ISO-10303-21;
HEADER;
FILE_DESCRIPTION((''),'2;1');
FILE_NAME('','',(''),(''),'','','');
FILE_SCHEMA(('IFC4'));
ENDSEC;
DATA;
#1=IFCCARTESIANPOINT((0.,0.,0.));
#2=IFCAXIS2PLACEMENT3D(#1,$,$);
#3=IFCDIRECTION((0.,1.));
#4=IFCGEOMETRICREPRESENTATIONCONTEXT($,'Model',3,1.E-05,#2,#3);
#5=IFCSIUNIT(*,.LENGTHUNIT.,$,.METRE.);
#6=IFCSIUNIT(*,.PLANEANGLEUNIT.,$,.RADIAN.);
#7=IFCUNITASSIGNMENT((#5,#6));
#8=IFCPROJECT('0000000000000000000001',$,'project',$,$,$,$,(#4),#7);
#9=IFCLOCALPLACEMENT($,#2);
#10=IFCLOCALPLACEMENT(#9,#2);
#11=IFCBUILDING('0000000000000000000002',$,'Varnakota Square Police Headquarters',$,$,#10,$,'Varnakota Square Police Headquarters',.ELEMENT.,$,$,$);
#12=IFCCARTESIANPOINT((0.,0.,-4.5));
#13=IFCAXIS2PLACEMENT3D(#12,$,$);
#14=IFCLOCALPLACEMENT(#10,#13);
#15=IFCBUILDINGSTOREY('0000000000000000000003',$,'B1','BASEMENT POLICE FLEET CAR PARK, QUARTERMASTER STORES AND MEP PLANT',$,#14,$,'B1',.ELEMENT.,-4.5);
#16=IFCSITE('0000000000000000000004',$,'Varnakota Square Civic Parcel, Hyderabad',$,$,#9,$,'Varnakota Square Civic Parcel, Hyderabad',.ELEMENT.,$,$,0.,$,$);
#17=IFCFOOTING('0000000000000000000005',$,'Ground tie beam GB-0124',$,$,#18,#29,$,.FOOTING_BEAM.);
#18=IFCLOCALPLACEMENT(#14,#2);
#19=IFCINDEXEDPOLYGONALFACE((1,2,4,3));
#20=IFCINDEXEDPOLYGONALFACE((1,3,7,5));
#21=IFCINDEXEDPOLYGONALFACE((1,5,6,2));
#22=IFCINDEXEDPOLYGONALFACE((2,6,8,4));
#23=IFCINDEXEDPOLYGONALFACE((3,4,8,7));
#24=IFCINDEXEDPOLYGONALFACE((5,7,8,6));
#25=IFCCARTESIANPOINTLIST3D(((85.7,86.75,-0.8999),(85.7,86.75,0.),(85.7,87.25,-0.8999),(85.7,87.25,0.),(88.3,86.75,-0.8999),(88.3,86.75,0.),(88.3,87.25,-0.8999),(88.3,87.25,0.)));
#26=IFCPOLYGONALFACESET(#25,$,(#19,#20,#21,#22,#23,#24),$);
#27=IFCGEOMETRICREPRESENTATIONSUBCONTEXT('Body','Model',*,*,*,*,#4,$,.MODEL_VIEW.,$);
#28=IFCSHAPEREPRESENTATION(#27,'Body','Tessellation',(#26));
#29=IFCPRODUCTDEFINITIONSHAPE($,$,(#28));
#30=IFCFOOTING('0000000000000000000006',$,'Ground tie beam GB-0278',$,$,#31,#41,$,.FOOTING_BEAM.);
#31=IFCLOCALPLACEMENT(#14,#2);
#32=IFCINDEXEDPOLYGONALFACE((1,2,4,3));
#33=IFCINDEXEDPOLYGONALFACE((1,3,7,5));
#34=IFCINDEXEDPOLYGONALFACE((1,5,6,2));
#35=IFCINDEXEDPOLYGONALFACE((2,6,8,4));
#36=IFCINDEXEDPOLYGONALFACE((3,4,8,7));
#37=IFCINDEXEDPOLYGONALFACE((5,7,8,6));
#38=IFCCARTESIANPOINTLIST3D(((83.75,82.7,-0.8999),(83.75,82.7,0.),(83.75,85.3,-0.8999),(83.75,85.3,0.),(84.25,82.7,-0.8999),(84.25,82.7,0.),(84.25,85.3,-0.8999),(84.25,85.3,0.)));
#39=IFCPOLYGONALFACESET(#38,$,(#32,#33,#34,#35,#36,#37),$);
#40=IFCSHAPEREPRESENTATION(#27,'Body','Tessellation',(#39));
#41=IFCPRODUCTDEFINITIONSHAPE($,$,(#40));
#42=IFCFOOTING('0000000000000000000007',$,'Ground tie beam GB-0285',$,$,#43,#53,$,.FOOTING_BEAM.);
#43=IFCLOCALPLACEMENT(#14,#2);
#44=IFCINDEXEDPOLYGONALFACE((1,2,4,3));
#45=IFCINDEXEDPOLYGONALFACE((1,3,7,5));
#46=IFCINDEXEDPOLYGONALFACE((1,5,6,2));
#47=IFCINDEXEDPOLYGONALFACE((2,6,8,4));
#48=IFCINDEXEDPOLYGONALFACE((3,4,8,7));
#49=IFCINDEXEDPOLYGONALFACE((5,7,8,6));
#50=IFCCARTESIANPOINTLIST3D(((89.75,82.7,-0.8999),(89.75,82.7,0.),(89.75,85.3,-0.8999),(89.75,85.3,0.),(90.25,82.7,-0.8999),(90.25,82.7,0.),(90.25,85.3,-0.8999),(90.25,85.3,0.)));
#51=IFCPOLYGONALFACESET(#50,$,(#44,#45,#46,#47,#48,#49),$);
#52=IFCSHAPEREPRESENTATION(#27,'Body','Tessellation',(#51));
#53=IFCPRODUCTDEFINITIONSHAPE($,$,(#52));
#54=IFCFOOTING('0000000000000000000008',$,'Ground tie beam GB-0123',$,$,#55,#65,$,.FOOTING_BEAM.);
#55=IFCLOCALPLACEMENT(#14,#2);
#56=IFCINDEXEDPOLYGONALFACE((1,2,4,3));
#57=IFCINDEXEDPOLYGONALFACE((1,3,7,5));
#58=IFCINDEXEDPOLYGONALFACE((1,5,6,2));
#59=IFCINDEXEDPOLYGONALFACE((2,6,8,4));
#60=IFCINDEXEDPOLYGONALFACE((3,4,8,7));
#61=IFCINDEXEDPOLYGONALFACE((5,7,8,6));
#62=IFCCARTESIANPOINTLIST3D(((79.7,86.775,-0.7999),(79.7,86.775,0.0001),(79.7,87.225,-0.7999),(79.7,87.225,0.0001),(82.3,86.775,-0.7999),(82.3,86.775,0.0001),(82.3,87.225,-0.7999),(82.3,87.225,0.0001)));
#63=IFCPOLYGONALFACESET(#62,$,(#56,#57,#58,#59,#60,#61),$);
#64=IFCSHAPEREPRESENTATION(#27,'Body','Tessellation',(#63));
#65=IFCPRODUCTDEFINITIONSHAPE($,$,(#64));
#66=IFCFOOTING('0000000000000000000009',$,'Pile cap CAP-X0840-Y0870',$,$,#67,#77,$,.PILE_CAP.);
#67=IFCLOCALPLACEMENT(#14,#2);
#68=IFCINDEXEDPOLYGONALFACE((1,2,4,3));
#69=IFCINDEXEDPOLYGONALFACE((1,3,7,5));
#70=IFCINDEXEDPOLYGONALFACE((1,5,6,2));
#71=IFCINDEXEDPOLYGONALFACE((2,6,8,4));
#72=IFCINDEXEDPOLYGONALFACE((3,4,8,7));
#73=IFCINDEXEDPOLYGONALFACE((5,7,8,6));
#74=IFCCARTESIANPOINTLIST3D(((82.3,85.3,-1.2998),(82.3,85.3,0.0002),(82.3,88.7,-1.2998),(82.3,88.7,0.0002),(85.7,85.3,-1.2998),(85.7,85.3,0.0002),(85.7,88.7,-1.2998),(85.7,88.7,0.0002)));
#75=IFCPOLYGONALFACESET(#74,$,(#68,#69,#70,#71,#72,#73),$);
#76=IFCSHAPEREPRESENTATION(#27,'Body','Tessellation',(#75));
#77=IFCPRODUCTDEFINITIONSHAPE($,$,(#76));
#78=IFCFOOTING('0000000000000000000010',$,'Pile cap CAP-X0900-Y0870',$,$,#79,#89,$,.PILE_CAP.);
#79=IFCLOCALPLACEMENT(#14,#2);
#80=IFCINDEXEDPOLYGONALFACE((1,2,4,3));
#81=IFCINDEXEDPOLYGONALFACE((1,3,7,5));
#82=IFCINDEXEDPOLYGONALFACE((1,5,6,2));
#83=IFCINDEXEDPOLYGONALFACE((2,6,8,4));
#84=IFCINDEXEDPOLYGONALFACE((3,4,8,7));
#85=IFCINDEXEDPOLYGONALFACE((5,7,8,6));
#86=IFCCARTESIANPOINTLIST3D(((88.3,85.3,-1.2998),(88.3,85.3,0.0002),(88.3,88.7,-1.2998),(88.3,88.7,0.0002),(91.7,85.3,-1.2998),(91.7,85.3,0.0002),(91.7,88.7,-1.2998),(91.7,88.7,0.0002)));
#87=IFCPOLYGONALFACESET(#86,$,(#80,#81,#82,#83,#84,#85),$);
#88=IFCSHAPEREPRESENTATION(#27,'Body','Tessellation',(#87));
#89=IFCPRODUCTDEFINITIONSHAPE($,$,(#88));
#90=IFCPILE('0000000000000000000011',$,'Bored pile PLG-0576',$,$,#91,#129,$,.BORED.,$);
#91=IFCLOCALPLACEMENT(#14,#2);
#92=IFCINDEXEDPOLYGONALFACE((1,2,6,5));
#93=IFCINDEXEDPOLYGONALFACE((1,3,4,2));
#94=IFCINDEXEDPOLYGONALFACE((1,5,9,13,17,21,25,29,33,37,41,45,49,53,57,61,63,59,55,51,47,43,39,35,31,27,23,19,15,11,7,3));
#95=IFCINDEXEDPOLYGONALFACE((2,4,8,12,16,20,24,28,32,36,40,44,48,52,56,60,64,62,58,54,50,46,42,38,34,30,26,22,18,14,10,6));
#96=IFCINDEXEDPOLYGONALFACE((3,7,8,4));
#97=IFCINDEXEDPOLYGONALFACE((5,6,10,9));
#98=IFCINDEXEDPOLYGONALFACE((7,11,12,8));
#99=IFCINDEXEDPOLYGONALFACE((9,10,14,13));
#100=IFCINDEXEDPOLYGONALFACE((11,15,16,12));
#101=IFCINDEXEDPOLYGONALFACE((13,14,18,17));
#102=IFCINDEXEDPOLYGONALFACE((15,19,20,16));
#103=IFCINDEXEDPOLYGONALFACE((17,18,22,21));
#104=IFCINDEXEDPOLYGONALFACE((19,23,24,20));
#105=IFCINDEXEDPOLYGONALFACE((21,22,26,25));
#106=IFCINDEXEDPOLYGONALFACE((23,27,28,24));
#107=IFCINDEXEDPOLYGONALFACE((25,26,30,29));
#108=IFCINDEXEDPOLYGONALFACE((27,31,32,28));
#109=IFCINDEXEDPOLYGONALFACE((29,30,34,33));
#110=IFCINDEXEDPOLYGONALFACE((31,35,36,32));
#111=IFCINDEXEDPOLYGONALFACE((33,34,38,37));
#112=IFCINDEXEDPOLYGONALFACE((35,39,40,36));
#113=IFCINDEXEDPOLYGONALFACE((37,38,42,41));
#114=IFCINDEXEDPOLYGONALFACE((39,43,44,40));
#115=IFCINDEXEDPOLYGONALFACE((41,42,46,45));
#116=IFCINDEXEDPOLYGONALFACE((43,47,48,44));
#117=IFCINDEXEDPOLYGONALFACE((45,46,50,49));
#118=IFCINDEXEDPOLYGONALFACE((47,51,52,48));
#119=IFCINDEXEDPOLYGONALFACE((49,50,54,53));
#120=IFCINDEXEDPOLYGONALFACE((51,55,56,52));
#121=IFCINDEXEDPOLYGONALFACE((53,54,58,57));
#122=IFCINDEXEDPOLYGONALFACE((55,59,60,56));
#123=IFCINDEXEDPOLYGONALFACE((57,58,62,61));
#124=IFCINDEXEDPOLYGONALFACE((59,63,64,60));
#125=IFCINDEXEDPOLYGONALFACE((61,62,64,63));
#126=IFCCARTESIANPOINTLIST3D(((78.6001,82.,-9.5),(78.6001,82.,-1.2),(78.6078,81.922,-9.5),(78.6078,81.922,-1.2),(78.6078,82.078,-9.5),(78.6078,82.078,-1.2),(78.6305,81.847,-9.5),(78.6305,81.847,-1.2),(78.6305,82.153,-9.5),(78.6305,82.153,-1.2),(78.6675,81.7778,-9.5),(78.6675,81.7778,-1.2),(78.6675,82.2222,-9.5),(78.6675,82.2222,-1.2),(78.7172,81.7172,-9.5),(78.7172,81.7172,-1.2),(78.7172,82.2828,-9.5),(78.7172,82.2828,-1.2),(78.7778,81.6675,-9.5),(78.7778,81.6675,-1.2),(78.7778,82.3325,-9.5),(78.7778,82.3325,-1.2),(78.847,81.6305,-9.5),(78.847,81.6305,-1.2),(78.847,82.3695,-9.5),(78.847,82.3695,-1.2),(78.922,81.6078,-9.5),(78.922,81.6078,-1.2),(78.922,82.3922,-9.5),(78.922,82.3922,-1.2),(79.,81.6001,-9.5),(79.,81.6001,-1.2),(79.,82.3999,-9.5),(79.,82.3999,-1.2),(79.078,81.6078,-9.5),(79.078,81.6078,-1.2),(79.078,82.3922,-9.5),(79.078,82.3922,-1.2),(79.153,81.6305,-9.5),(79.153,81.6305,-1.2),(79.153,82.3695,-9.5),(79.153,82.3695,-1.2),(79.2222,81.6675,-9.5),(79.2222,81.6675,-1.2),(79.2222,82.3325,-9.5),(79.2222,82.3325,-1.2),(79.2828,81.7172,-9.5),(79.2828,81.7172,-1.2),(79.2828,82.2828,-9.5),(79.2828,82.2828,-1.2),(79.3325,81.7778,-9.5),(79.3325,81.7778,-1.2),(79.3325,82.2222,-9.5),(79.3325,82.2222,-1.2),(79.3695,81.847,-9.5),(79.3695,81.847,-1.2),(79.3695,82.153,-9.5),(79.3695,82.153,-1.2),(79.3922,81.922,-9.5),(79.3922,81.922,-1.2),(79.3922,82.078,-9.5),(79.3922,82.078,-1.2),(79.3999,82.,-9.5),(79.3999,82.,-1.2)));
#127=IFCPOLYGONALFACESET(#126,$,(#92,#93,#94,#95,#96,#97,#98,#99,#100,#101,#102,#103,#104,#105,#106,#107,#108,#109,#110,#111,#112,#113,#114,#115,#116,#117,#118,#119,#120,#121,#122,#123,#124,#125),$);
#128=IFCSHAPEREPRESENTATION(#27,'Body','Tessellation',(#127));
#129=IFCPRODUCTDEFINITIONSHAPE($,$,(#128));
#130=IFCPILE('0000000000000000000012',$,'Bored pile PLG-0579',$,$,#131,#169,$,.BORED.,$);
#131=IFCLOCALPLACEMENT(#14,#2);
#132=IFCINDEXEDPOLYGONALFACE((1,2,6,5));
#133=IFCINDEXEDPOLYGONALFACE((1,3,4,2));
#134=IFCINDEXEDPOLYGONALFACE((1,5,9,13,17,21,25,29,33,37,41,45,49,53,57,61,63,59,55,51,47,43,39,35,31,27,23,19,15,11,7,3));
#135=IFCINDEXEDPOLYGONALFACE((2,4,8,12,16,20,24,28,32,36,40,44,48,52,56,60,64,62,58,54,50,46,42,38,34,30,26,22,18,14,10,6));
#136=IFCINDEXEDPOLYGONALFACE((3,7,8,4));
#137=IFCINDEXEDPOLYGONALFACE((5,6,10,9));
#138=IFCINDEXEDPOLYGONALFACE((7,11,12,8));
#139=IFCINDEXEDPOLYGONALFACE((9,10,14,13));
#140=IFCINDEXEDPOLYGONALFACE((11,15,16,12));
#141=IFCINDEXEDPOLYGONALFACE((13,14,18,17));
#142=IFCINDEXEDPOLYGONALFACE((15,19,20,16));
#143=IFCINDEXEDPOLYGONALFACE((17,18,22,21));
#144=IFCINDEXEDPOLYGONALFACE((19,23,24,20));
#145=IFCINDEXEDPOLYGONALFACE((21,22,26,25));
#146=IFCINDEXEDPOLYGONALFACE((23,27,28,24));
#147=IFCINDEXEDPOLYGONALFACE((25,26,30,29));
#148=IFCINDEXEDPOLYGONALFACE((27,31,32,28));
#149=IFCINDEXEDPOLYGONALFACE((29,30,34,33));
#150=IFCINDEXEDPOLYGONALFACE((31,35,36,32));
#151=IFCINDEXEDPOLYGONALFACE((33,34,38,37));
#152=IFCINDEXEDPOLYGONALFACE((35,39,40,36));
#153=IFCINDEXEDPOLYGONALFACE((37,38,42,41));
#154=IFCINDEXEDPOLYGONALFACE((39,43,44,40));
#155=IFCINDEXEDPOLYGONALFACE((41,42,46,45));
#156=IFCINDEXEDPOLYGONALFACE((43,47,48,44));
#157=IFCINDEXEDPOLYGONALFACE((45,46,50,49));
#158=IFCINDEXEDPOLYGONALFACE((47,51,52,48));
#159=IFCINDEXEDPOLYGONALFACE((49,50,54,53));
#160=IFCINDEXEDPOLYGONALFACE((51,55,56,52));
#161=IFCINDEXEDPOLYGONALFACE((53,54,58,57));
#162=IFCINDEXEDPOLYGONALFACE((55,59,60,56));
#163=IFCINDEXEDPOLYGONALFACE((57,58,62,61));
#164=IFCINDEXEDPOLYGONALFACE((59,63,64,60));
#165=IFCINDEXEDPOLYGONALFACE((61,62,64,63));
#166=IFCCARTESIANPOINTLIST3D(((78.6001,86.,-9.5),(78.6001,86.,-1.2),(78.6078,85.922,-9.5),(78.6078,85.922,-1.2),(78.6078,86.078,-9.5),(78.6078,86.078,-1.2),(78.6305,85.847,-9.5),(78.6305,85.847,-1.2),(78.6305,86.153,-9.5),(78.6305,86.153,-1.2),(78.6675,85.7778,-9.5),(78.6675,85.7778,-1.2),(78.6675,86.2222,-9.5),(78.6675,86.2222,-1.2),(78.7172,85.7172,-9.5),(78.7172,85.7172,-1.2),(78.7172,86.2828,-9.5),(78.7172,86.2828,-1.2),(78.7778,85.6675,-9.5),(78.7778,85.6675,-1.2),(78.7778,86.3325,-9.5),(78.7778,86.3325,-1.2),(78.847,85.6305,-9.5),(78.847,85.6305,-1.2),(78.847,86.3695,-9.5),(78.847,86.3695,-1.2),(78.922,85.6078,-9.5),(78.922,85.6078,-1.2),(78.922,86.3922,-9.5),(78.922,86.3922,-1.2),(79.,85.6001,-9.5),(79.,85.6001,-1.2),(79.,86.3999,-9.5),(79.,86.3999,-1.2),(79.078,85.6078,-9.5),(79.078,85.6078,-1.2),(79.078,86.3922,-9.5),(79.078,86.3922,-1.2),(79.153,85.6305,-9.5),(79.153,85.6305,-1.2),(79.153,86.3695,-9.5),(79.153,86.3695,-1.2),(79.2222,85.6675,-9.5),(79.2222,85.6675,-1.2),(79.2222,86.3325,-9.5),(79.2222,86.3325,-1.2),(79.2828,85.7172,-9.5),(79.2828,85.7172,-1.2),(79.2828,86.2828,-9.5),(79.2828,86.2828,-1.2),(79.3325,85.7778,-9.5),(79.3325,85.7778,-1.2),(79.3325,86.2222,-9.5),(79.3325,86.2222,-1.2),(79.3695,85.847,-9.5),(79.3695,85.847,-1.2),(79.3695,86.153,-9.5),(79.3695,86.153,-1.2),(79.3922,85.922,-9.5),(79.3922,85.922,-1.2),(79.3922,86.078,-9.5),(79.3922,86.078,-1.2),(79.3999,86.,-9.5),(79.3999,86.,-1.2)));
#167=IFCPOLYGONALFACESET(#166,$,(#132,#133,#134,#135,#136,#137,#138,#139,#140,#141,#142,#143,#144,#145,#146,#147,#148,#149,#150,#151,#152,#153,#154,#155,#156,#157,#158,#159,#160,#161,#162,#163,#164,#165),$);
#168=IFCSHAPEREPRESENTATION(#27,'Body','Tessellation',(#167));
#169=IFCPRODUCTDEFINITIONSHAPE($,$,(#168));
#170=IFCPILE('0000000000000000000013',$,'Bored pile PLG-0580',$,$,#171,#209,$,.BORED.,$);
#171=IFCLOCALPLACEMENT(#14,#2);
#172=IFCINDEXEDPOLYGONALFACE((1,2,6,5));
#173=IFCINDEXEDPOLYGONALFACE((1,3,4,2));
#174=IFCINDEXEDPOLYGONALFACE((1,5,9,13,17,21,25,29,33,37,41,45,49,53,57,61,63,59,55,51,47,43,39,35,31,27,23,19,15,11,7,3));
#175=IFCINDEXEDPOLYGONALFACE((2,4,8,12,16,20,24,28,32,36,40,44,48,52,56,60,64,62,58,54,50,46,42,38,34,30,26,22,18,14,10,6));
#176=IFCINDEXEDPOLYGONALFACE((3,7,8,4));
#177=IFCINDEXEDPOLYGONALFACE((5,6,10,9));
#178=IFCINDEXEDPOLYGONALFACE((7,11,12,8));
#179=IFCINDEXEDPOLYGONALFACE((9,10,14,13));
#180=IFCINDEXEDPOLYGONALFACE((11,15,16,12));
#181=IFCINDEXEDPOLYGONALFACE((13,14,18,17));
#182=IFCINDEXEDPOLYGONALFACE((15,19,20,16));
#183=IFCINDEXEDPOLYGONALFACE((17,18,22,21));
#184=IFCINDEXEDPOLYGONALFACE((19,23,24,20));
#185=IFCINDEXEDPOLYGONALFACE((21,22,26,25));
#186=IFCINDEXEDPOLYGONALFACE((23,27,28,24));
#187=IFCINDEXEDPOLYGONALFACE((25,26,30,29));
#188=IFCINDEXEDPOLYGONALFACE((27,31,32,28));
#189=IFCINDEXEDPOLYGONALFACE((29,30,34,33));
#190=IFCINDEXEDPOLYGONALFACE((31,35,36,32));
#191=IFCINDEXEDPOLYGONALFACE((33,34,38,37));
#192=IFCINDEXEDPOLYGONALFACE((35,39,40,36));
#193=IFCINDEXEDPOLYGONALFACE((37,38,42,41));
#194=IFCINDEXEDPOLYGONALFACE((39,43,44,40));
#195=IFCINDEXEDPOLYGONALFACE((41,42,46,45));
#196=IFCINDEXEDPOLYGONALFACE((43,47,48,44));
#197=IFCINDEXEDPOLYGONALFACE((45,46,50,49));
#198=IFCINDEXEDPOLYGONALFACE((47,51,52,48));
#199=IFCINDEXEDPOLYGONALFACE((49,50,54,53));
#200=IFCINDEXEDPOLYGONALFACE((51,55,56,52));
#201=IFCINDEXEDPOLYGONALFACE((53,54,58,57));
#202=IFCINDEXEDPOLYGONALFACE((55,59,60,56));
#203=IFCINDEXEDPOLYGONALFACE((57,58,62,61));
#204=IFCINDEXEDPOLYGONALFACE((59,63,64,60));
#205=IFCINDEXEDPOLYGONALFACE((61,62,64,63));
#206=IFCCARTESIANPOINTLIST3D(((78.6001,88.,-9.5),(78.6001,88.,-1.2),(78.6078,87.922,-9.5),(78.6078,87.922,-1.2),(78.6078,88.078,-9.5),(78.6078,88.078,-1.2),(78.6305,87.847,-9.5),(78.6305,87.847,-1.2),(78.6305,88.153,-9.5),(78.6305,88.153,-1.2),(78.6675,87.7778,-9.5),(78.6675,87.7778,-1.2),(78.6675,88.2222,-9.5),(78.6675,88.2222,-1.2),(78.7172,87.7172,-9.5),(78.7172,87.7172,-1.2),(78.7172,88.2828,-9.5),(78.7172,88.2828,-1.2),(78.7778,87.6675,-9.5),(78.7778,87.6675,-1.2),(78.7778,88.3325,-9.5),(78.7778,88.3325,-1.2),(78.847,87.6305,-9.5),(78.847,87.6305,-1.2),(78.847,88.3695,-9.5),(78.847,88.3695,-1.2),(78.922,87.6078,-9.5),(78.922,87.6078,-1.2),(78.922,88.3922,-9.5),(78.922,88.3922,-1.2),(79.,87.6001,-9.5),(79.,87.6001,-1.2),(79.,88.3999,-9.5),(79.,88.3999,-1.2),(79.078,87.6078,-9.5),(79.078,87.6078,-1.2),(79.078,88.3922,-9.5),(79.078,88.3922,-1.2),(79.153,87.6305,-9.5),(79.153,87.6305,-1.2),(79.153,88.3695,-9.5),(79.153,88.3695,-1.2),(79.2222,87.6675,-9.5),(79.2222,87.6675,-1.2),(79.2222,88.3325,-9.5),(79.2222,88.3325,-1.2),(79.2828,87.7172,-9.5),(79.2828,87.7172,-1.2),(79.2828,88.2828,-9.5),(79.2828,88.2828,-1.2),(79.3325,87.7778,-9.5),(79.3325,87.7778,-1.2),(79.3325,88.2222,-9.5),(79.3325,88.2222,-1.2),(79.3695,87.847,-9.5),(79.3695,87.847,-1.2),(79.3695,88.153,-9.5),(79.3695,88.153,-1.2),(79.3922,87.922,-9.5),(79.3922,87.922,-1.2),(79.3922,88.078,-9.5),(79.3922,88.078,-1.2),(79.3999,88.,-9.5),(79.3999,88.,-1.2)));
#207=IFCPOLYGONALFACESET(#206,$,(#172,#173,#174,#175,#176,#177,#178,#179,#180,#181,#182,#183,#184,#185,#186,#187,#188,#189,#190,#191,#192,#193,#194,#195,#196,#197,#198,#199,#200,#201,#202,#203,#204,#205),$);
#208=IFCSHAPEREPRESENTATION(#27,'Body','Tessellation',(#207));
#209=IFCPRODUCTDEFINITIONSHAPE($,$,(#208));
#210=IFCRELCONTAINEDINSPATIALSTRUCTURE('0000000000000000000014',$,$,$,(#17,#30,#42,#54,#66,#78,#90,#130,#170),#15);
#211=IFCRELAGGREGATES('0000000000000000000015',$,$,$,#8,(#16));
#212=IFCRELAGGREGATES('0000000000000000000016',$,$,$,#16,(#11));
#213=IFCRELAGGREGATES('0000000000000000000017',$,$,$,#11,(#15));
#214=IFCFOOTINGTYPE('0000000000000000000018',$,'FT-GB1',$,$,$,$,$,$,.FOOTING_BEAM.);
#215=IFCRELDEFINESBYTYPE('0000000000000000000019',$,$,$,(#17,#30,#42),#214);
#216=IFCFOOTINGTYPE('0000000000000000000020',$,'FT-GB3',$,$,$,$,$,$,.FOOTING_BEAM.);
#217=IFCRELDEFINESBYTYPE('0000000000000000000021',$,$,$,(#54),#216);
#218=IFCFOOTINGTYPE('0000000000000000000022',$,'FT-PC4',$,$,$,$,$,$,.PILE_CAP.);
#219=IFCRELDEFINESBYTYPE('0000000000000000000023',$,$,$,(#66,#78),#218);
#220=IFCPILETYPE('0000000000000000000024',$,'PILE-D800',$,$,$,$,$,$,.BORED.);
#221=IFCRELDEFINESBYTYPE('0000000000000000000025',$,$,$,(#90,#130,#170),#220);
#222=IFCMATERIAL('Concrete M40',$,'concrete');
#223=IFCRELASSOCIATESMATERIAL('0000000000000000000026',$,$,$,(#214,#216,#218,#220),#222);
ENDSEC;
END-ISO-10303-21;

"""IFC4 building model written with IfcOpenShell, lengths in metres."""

from ifc_helpers import new_model, si_unit, direction, frame, origin, origin_2d, place, context, subcontext, project, spatial, rectangle, circle, extrude, material, material_profile, profile_set, type_object, element, save


model = new_model("IFC4")

# Units and contexts
model_context = context("Model", 3, precision=1e-05, world=origin(), true_north=direction((0.0, 1.0)))
body_context = subcontext(model_context, "Body", "Model", "MODEL_VIEW")
ifc_project = project(units=[si_unit("LENGTHUNIT", "METRE"), si_unit("PLANEANGLEUNIT", "RADIAN")], contexts=[model_context])

# Site, building, storey
site_placement = place(None, origin())
site = spatial("IfcSite", under=ifc_project, at=site_placement, Name="Varnakota Square Civic Parcel, Hyderabad", LongName="Varnakota Square Civic Parcel, Hyderabad", CompositionType="ELEMENT", RefElevation=0.0)
building_placement = place(site_placement, origin())
building = spatial("IfcBuilding", under=site, at=building_placement, Name="Varnakota Square Police Headquarters", LongName="Varnakota Square Police Headquarters", CompositionType="ELEMENT")
storey_placement = place(building_placement, frame((0.0, 0.0, -4.5)))
storey = spatial("IfcBuildingStorey", under=building, at=storey_placement, Name="B1", Description="BASEMENT POLICE FLEET CAR PARK, QUARTERMASTER STORES AND MEP PLANT", LongName="B1", CompositionType="ELEMENT", Elevation=-4.5)

# Footings
ifc_material_1 = material(Name="Concrete M40", Category="concrete")
ifc_material_profile_1 = material_profile(ifc_material_1, rectangle(XDim=0.5, YDim=0.8999, at=origin_2d()), Name="GB 500x900")
ifc_profile_set_1 = profile_set([ifc_material_profile_1], Name="Concrete M40")
footing_type_1 = type_object("IfcFootingType", Name="FT-GB1", PredefinedType="FOOTING_BEAM", material=ifc_profile_set_1)
for number, where, z_axis, x_axis, name in (
    (1, (85.7, 87.0, -0.45), (1.0, 0.0, 0.0), (0.0, 1.0, 0.0), "Ground tie beam GB-0124"),
    (2, (84.0, 82.7, -0.45), (0.0, 1.0, 0.0), (-1.0, 0.0, 0.0), "Ground tie beam GB-0278"),
    (3, (90.0, 82.7, -0.45), (0.0, 1.0, 0.0), (-1.0, 0.0, 0.0), "Ground tie beam GB-0285"),
):
    element("IfcFooting", number, at=place(storey_placement, frame(where, z_axis=z_axis, x_axis=x_axis)), inside=storey, type_object=footing_type_1, Name=name, PredefinedType="FOOTING_BEAM", context=body_context, shape_type="SweptSolid", body=[
        extrude(rectangle(XDim=0.5, YDim=0.8999, at=origin_2d()), origin(), (0.0, 0.0, 1.0), 2.6001),
    ])
ifc_material_profile_2 = material_profile(ifc_material_1, rectangle(XDim=0.45, YDim=0.8, at=origin_2d()), Name="GB 450x800")
ifc_profile_set_2 = profile_set([ifc_material_profile_2], Name="Concrete M40")
footing_type_2 = type_object("IfcFootingType", Name="FT-GB3", PredefinedType="FOOTING_BEAM", material=ifc_profile_set_2)
footing_placement = place(storey_placement, frame((79.7, 87.0, -0.3999), z_axis=(1.0, 0.0, 0.0), x_axis=(0.0, 1.0, 0.0)))
element("IfcFooting", 4, at=footing_placement, inside=storey, type_object=footing_type_2, Name="Ground tie beam GB-0123", PredefinedType="FOOTING_BEAM", context=body_context, shape_type="SweptSolid", body=[
    extrude(rectangle(XDim=0.45, YDim=0.8, at=origin_2d()), origin(), (0.0, 0.0, 1.0), 2.6001),
])
footing_type_3 = type_object("IfcFootingType", Name="FT-PC4", PredefinedType="PILE_CAP", material=ifc_material_1)
for number, where, z_axis, x_axis, name in (
    (5, (84.0, 87.0, -1.2998), (0.0, 0.0, 1.0), (1.0, 0.0, 0.0), "Pile cap CAP-X0840-Y0870"),
    (6, (90.0, 87.0, -1.2998), (0.0, 0.0, 1.0), (1.0, 0.0, 0.0), "Pile cap CAP-X0900-Y0870"),
):
    element("IfcFooting", number, at=place(storey_placement, frame(where, z_axis=z_axis, x_axis=x_axis)), inside=storey, type_object=footing_type_3, Name=name, PredefinedType="PILE_CAP", context=body_context, shape_type="SweptSolid", body=[
        extrude(rectangle(XDim=3.3999, YDim=3.3999, at=origin_2d()), origin(), (0.0, 0.0, 1.0), 1.3),
    ])

# Piles
ifc_material_profile_3 = material_profile(ifc_material_1, circle(Radius=0.3999, at=origin_2d()), Name="BORED PILE 800")
ifc_profile_set_3 = profile_set([ifc_material_profile_3], Name="Concrete M40")
pile_type = type_object("IfcPileType", Name="PILE-D800", PredefinedType="BORED", material=ifc_profile_set_3)
for number, where, z_axis, x_axis, name in (
    (7, (79.0, 82.0, -1.2), (0.0, 0.0, -1.0), (1.0, 0.0, 0.0), "Bored pile PLG-0576"),
    (8, (79.0, 86.0, -1.2), (0.0, 0.0, -1.0), (1.0, 0.0, 0.0), "Bored pile PLG-0579"),
    (9, (79.0, 88.0, -1.2), (0.0, 0.0, -1.0), (1.0, 0.0, 0.0), "Bored pile PLG-0580"),
):
    element("IfcPile", number, at=place(storey_placement, frame(where, z_axis=z_axis, x_axis=x_axis)), inside=storey, type_object=pile_type, Name=name, PredefinedType="BORED", context=body_context, shape_type="SweptSolid", body=[
        extrude(circle(Radius=0.3999, at=origin_2d()), origin(), (0.0, 0.0, 1.0), 8.3),
    ])

save(model, "model.ifc")
